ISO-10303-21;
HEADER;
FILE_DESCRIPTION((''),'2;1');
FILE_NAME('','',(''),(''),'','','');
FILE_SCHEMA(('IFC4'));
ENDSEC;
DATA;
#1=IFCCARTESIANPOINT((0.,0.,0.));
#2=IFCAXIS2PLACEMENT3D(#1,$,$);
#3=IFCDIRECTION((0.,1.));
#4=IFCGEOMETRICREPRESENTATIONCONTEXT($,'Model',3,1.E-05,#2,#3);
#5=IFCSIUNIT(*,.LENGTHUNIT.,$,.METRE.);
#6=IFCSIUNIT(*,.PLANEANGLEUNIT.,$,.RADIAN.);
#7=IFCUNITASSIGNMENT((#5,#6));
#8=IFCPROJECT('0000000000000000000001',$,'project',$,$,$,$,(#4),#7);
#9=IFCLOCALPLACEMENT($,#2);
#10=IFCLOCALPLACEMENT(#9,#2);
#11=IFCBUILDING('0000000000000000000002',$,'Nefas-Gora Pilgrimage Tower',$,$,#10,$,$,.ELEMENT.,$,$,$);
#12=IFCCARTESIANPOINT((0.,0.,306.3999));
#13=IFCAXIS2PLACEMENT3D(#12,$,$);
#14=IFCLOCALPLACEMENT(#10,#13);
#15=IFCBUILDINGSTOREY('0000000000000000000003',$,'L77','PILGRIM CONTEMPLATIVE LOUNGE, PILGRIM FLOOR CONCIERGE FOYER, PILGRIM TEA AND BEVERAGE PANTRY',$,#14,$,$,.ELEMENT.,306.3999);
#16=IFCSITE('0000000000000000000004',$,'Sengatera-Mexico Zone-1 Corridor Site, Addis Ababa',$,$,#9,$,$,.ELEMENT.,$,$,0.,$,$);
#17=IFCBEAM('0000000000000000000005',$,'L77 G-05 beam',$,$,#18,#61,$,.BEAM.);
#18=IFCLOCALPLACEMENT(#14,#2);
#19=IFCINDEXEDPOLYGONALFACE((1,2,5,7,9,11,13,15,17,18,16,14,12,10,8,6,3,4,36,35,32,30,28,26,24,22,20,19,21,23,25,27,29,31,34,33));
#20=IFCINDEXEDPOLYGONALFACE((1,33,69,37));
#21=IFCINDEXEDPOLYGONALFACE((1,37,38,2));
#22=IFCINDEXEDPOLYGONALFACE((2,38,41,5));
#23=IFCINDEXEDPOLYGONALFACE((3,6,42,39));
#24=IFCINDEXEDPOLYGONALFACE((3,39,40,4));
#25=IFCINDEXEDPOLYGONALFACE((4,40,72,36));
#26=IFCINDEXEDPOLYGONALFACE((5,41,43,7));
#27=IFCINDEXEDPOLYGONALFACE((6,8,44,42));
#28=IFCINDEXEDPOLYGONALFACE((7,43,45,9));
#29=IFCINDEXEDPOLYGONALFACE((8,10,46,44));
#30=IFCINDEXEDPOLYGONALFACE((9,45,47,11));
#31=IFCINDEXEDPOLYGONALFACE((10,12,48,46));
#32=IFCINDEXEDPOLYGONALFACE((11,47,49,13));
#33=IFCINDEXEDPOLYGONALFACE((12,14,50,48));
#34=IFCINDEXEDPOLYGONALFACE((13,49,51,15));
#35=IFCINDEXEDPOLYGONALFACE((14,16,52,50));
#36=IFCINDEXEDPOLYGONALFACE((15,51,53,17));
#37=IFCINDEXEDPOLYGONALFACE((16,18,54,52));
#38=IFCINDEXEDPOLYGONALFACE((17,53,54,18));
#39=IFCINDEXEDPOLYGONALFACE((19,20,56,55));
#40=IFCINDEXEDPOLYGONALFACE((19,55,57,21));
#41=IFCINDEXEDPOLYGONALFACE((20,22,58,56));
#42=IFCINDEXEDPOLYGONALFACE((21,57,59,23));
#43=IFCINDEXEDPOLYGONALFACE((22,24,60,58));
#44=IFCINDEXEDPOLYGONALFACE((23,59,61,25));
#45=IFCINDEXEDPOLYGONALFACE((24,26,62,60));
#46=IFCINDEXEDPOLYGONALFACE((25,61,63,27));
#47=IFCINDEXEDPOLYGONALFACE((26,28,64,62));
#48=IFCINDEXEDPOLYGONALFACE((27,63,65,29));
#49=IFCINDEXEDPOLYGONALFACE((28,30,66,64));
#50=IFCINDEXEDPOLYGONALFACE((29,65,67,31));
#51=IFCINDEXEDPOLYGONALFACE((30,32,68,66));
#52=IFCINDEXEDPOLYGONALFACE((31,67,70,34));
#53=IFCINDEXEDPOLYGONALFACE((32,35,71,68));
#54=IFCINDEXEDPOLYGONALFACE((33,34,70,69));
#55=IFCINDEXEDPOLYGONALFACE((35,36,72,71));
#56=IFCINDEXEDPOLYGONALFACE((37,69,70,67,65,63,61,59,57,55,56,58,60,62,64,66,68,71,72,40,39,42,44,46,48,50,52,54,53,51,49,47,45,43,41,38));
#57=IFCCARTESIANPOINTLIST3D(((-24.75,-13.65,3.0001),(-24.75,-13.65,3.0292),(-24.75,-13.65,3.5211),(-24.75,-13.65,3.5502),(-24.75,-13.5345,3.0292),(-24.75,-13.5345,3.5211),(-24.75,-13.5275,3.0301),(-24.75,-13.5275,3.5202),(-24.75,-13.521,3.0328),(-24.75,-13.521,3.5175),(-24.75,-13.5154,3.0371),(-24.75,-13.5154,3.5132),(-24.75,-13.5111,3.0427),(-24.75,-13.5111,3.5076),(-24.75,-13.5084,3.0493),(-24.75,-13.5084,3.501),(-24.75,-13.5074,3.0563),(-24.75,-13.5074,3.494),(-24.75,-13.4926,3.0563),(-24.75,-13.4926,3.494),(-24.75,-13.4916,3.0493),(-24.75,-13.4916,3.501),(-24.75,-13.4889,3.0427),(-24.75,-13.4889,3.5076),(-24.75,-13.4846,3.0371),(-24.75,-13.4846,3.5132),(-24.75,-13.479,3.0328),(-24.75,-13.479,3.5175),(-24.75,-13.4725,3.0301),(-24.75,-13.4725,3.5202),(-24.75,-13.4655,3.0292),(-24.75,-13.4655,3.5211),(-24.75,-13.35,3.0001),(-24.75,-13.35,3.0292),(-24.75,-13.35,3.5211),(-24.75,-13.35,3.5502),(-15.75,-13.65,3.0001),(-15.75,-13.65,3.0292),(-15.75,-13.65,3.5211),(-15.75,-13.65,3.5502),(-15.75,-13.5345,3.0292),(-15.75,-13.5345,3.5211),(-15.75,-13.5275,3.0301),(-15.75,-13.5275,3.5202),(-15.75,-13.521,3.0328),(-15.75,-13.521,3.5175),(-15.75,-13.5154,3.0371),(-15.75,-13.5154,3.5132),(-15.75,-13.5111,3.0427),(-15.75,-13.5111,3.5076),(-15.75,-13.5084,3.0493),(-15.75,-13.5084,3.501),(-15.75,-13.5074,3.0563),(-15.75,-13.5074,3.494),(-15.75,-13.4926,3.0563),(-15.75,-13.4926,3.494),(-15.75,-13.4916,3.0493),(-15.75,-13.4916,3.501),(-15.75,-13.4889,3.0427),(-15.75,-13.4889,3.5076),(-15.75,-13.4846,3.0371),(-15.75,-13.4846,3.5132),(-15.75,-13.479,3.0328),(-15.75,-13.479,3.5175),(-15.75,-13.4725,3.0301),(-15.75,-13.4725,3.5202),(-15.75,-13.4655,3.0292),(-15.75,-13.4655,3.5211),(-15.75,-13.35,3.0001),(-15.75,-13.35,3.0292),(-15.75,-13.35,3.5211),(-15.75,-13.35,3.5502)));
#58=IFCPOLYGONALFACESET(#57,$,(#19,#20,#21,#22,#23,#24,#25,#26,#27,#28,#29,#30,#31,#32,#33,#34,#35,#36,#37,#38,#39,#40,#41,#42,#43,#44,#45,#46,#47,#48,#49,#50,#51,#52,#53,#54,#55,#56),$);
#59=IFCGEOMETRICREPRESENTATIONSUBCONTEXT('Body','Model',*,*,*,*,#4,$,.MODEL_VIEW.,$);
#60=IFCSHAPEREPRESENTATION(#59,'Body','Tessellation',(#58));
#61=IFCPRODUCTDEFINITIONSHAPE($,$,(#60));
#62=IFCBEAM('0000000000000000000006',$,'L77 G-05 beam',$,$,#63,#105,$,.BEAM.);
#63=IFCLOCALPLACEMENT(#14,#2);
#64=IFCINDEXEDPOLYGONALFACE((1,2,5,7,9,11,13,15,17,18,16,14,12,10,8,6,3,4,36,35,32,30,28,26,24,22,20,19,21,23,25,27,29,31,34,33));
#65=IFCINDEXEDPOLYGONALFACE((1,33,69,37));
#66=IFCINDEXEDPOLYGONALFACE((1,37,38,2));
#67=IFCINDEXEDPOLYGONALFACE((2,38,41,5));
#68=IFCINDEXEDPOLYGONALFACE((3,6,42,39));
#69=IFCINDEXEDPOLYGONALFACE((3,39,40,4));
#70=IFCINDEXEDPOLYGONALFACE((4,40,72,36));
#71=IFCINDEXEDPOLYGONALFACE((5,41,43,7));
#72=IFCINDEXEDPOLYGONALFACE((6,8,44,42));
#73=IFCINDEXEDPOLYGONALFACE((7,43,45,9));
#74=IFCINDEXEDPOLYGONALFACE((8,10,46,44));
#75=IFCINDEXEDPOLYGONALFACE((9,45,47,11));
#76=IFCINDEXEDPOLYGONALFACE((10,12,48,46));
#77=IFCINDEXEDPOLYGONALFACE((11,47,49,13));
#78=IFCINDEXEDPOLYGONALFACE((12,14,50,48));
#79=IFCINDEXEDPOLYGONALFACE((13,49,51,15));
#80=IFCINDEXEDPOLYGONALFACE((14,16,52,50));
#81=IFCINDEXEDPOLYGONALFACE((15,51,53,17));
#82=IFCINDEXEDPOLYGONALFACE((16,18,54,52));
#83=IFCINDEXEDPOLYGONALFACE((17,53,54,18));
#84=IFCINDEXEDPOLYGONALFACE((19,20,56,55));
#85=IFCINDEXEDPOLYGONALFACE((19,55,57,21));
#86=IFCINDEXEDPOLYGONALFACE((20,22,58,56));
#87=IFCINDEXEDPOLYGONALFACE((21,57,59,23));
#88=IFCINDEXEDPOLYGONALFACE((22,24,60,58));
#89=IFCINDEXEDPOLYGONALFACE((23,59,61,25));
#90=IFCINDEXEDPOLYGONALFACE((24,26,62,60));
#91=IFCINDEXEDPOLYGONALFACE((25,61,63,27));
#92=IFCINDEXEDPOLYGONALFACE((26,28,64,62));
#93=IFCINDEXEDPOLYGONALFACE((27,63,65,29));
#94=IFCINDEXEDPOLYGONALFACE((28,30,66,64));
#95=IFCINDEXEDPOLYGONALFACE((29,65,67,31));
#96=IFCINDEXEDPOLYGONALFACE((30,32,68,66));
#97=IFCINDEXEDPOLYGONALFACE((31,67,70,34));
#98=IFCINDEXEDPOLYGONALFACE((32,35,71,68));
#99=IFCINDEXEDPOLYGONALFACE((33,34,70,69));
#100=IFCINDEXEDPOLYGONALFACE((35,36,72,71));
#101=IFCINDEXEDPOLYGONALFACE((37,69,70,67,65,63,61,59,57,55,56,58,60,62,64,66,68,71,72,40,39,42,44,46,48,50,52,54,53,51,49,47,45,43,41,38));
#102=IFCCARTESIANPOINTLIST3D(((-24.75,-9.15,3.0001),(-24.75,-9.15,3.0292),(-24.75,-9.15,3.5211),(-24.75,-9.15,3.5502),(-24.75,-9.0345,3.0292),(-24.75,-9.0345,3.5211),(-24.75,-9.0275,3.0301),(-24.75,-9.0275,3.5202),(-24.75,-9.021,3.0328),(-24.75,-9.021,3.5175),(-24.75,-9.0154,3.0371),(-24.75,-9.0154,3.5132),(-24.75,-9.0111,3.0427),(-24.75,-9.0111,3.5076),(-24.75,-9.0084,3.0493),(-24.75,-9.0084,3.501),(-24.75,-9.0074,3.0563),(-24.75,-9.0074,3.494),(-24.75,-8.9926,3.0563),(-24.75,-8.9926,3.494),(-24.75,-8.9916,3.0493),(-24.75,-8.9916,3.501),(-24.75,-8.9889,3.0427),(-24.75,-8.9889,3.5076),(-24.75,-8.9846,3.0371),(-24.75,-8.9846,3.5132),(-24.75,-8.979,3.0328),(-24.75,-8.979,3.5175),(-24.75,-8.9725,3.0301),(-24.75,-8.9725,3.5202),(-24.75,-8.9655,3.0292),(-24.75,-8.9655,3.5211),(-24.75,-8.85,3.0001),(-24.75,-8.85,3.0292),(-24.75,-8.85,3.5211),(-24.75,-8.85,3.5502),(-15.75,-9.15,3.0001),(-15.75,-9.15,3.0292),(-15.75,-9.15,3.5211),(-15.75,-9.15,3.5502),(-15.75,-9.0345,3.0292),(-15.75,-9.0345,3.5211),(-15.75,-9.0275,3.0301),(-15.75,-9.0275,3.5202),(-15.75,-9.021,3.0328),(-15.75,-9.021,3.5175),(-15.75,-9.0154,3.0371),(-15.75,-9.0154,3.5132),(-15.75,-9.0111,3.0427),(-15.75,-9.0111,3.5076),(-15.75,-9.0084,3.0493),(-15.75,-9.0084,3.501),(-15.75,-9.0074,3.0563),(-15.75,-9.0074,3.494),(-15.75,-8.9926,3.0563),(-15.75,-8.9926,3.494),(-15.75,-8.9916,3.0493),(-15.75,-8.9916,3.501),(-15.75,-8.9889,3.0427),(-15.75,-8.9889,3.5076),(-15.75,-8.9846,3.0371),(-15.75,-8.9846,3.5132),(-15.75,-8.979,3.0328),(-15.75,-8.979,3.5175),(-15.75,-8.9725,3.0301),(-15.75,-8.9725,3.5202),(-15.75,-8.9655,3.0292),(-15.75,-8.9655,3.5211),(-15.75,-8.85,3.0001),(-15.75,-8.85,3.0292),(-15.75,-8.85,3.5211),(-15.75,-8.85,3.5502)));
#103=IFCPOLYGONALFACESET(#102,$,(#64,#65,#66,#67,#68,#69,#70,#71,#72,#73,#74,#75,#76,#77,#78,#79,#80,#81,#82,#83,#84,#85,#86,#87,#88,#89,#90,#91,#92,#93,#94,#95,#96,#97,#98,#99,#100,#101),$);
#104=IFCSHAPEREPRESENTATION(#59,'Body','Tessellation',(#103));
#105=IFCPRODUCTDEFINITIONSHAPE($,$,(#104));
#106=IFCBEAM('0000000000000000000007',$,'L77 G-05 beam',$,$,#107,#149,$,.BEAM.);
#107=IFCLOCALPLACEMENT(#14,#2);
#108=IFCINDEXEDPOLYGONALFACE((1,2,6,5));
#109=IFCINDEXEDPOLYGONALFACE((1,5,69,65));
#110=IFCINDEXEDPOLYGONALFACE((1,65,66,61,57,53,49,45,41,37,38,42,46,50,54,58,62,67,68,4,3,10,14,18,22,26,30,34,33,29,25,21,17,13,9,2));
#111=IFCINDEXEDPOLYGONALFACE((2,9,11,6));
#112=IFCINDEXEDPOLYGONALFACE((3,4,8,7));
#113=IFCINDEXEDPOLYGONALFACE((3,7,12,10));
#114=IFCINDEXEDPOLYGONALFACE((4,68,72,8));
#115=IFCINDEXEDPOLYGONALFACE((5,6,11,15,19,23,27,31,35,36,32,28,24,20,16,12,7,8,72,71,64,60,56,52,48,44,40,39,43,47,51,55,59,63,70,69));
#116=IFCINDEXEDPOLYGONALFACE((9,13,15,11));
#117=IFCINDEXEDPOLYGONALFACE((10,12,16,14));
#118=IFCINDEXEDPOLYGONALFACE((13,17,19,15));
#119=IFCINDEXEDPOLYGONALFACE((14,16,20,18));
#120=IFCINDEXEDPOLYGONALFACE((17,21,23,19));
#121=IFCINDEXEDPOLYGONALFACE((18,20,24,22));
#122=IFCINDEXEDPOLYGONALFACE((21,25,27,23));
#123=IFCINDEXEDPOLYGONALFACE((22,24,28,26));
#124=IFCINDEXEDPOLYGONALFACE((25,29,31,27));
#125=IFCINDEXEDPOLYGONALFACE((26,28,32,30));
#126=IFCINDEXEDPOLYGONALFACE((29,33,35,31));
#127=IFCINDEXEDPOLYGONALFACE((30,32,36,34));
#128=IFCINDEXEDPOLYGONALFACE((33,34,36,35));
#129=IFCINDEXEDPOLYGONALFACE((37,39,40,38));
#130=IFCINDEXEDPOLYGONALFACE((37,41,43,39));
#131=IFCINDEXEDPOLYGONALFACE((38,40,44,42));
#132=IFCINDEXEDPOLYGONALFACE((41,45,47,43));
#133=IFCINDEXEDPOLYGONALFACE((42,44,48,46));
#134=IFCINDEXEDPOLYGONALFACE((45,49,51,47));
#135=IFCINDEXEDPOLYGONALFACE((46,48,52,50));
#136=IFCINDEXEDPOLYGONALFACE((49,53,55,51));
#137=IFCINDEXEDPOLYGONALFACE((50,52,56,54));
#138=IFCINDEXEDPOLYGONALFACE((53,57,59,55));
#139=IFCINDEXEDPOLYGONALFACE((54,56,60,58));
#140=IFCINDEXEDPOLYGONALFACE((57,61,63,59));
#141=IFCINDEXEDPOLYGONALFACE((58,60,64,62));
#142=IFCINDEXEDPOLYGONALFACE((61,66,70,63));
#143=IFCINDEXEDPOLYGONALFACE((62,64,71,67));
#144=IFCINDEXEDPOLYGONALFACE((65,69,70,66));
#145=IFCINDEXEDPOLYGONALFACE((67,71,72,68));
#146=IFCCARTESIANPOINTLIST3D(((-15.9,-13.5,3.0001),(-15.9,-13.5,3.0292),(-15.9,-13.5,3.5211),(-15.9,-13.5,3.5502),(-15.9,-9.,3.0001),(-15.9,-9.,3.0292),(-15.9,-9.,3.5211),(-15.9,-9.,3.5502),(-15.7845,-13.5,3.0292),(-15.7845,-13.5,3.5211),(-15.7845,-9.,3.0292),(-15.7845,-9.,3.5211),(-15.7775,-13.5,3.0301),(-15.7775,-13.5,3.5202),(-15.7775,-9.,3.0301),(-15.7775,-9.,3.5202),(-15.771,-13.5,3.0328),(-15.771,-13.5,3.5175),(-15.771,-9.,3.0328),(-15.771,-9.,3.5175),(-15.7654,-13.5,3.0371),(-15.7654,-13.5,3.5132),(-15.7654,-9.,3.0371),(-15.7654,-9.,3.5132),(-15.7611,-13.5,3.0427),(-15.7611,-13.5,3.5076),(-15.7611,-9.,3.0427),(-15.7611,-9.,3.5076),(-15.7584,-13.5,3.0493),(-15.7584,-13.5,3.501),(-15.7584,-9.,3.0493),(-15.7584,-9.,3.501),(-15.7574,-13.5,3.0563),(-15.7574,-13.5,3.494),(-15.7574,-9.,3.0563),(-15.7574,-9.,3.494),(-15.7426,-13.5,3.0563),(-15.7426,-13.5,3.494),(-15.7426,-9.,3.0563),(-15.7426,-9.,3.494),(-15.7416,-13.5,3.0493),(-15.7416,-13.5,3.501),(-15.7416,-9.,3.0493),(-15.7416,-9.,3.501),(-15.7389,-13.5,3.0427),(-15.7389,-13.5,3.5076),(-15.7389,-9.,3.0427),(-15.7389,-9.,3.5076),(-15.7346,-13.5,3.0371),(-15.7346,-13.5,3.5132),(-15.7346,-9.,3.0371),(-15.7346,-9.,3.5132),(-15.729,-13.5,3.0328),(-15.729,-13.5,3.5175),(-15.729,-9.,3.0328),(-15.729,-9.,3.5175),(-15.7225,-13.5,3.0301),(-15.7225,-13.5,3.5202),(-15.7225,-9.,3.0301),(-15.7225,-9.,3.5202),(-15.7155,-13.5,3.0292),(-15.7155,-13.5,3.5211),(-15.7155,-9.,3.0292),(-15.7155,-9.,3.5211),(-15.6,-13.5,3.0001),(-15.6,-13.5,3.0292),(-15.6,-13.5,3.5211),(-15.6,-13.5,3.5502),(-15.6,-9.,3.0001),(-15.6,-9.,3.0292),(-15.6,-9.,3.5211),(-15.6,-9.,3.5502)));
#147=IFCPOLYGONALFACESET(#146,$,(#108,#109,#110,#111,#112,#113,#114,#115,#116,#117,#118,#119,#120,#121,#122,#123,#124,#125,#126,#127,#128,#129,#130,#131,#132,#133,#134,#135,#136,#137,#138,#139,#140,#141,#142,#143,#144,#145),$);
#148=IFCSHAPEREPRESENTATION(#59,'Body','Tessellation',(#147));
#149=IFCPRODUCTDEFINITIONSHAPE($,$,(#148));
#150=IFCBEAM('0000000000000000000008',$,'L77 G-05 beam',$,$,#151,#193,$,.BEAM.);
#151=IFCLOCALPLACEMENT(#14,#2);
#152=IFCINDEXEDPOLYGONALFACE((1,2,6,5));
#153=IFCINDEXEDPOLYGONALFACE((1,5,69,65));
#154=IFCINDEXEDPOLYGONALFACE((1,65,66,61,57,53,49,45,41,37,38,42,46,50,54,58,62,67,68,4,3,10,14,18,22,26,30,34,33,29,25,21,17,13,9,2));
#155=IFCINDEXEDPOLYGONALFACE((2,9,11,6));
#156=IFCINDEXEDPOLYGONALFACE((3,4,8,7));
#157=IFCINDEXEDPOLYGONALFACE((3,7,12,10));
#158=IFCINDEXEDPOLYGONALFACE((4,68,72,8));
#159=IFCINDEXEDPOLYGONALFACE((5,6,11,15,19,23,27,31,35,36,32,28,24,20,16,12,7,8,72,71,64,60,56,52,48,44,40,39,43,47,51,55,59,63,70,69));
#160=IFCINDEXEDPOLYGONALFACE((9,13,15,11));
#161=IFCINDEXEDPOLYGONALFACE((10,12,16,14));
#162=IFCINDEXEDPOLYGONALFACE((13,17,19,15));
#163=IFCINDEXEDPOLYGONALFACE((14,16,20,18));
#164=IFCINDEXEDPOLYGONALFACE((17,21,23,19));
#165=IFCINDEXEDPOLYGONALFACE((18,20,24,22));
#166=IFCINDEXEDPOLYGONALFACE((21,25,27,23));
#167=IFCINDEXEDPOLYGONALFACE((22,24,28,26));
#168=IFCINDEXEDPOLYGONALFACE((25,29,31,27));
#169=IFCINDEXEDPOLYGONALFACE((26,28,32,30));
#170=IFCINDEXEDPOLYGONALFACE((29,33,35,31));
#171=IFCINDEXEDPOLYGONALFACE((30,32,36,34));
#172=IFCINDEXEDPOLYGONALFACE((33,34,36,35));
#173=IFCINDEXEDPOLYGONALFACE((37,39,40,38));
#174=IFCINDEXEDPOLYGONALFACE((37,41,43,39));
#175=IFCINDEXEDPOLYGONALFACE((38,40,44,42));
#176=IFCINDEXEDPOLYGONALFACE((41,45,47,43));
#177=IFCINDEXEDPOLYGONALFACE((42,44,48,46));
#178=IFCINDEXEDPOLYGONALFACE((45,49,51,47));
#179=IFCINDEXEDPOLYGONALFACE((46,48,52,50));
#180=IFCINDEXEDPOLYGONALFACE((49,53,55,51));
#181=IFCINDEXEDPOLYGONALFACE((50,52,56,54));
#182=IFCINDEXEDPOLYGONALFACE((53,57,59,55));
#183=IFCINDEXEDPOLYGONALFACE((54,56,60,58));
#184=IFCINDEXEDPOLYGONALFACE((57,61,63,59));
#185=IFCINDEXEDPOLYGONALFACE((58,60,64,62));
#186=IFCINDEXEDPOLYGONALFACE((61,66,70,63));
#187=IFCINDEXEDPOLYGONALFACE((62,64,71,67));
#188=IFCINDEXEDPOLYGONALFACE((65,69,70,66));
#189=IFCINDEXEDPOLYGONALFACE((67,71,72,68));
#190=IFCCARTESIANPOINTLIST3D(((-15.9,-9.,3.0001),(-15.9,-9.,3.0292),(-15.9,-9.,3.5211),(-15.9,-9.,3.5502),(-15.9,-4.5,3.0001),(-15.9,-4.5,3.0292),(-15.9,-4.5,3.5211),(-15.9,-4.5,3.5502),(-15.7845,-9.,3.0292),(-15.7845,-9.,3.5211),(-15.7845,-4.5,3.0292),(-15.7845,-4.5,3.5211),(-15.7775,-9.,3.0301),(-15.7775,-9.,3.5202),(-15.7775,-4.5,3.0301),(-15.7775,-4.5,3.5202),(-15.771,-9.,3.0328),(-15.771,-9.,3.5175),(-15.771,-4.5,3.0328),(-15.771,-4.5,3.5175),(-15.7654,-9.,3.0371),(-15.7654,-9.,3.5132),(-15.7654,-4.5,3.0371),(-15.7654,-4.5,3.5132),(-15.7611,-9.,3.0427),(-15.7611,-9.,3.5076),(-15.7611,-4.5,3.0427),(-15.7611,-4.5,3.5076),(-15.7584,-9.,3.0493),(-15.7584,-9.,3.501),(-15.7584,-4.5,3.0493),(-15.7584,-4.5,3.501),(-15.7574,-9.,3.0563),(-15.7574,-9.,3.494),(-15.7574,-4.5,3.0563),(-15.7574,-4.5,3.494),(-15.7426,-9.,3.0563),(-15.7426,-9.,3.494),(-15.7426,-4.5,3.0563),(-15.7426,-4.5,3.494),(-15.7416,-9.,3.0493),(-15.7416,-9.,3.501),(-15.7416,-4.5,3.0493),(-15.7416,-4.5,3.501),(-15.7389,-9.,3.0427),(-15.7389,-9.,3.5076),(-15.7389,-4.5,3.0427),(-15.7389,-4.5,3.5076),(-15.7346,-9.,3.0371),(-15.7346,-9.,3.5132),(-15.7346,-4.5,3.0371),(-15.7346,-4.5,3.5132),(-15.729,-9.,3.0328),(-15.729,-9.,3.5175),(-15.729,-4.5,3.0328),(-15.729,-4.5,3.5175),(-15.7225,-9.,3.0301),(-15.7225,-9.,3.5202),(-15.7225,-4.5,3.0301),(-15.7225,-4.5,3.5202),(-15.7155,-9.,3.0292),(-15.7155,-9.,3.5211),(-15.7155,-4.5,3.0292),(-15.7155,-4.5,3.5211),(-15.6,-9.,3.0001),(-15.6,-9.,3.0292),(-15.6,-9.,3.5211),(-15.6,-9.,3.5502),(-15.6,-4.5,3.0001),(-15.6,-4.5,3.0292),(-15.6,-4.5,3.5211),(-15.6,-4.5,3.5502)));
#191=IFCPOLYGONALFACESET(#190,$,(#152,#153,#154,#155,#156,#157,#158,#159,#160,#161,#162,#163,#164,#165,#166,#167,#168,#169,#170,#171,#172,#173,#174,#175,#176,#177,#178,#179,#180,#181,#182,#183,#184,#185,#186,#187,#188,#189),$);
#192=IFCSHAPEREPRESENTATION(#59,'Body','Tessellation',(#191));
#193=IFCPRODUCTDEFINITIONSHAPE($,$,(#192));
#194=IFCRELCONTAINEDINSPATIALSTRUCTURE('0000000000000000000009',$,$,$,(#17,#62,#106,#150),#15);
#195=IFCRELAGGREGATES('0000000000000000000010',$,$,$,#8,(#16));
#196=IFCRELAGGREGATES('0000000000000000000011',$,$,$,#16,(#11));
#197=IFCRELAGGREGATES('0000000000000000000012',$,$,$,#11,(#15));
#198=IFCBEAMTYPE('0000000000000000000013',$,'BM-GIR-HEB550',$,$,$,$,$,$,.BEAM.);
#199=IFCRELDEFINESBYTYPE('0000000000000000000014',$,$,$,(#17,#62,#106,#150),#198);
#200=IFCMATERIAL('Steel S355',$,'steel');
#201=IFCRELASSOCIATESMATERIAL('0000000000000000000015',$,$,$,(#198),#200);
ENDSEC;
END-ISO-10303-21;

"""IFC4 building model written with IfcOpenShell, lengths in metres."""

from ifc_helpers import new_model, si_unit, direction, frame, origin, origin_2d, place, context, subcontext, project, spatial, i_section, extrude, source, transform, mapped, material, material_profile, profile_set, type_object, element, save


model = new_model("IFC4")

# Units and contexts
model_context = context("Model", 3, precision=1e-05, world=origin(), true_north=direction((0.0, 1.0)))
body_context = subcontext(model_context, "Body", "Model", "MODEL_VIEW")
ifc_project = project(units=[si_unit("LENGTHUNIT", "METRE"), si_unit("PLANEANGLEUNIT", "RADIAN")], contexts=[model_context])

# Site, building, storey
site_placement = place(None, origin())
site = spatial("IfcSite", under=ifc_project, at=site_placement, Name="Sengatera-Mexico Zone-1 Corridor Site, Addis Ababa", CompositionType="ELEMENT", RefElevation=0.0)
building_placement = place(site_placement, origin())
building = spatial("IfcBuilding", under=site, at=building_placement, Name="Nefas-Gora Pilgrimage Tower", CompositionType="ELEMENT")
storey_placement = place(building_placement, frame((0.0, 0.0, 306.3999)))
storey = spatial("IfcBuildingStorey", under=building, at=storey_placement, Name="L77", Description="PILGRIM CONTEMPLATIVE LOUNGE, PILGRIM FLOOR CONCIERGE FOYER, PILGRIM TEA AND BEVERAGE PANTRY", CompositionType="ELEMENT", Elevation=306.3999)

# Shared definitions
ifc_material_1 = material(Name="Steel S355", Category="steel")

# Beams
ifc_material_profile_1 = material_profile(ifc_material_1, i_section(OverallWidth=0.3, OverallDepth=0.55, WebThickness=0.0149, FlangeThickness=0.0291, FilletRadius=0.0271, at=origin_2d()), Name="HEB 550")
ifc_profile_set_1 = profile_set([ifc_material_profile_1], Name="Steel S355")
beam_type_1 = type_object("IfcBeamType", Name="BM-GIR-HEB550", PredefinedType="BEAM", material=ifc_profile_set_1)
shared_shape_1 = source(origin(), body_context, "Body", "SweptSolid", [
    extrude(i_section(OverallWidth=0.3, OverallDepth=0.55, WebThickness=0.0149, FlangeThickness=0.0291, FilletRadius=0.0271, at=origin_2d()), origin(), (0.0, 0.0, 1.0), 9.0),
])
for number, where, z_axis, x_axis, name in (
    (1, (-24.75, -13.5, 3.2751), (1.0, 0.0, 0.0), (0.0, 1.0, 0.0), "L77 G-05 beam"),
    (2, (-24.75, -9.0, 3.2751), (1.0, 0.0, 0.0), (0.0, 1.0, 0.0), "L77 G-05 beam"),
):
    element("IfcBeam", number, at=place(storey_placement, frame(where, z_axis=z_axis, x_axis=x_axis)), inside=storey, type_object=beam_type_1, Name=name, PredefinedType="BEAM", context=body_context, shape_type="MappedRepresentation", body=[
        mapped(shared_shape_1, transform((0.0, 0.0, 0.0), x_axis=(1.0, 0.0, 0.0), y_axis=(0.0, 1.0, 0.0), z_axis=(0.0, 0.0, 1.0), scale=1.0)),
    ])
shared_shape_2 = source(origin(), body_context, "Body", "SweptSolid", [
    extrude(i_section(OverallWidth=0.3, OverallDepth=0.55, WebThickness=0.0149, FlangeThickness=0.0291, FilletRadius=0.0271, at=origin_2d()), origin(), (0.0, 0.0, 1.0), 4.5),
])
for number, where, z_axis, x_axis, name in (
    (3, (-15.75, -13.5, 3.2751), (0.0, 1.0, 0.0), (-1.0, 0.0, 0.0), "L77 G-05 beam"),
    (4, (-15.75, -9.0, 3.2751), (0.0, 1.0, 0.0), (-1.0, 0.0, 0.0), "L77 G-05 beam"),
):
    element("IfcBeam", number, at=place(storey_placement, frame(where, z_axis=z_axis, x_axis=x_axis)), inside=storey, type_object=beam_type_1, Name=name, PredefinedType="BEAM", context=body_context, shape_type="MappedRepresentation", body=[
        mapped(shared_shape_2, transform((0.0, 0.0, 0.0), x_axis=(1.0, 0.0, 0.0), y_axis=(0.0, 1.0, 0.0), z_axis=(0.0, 0.0, 1.0), scale=1.0)),
    ])

save(model, "model.ifc")
